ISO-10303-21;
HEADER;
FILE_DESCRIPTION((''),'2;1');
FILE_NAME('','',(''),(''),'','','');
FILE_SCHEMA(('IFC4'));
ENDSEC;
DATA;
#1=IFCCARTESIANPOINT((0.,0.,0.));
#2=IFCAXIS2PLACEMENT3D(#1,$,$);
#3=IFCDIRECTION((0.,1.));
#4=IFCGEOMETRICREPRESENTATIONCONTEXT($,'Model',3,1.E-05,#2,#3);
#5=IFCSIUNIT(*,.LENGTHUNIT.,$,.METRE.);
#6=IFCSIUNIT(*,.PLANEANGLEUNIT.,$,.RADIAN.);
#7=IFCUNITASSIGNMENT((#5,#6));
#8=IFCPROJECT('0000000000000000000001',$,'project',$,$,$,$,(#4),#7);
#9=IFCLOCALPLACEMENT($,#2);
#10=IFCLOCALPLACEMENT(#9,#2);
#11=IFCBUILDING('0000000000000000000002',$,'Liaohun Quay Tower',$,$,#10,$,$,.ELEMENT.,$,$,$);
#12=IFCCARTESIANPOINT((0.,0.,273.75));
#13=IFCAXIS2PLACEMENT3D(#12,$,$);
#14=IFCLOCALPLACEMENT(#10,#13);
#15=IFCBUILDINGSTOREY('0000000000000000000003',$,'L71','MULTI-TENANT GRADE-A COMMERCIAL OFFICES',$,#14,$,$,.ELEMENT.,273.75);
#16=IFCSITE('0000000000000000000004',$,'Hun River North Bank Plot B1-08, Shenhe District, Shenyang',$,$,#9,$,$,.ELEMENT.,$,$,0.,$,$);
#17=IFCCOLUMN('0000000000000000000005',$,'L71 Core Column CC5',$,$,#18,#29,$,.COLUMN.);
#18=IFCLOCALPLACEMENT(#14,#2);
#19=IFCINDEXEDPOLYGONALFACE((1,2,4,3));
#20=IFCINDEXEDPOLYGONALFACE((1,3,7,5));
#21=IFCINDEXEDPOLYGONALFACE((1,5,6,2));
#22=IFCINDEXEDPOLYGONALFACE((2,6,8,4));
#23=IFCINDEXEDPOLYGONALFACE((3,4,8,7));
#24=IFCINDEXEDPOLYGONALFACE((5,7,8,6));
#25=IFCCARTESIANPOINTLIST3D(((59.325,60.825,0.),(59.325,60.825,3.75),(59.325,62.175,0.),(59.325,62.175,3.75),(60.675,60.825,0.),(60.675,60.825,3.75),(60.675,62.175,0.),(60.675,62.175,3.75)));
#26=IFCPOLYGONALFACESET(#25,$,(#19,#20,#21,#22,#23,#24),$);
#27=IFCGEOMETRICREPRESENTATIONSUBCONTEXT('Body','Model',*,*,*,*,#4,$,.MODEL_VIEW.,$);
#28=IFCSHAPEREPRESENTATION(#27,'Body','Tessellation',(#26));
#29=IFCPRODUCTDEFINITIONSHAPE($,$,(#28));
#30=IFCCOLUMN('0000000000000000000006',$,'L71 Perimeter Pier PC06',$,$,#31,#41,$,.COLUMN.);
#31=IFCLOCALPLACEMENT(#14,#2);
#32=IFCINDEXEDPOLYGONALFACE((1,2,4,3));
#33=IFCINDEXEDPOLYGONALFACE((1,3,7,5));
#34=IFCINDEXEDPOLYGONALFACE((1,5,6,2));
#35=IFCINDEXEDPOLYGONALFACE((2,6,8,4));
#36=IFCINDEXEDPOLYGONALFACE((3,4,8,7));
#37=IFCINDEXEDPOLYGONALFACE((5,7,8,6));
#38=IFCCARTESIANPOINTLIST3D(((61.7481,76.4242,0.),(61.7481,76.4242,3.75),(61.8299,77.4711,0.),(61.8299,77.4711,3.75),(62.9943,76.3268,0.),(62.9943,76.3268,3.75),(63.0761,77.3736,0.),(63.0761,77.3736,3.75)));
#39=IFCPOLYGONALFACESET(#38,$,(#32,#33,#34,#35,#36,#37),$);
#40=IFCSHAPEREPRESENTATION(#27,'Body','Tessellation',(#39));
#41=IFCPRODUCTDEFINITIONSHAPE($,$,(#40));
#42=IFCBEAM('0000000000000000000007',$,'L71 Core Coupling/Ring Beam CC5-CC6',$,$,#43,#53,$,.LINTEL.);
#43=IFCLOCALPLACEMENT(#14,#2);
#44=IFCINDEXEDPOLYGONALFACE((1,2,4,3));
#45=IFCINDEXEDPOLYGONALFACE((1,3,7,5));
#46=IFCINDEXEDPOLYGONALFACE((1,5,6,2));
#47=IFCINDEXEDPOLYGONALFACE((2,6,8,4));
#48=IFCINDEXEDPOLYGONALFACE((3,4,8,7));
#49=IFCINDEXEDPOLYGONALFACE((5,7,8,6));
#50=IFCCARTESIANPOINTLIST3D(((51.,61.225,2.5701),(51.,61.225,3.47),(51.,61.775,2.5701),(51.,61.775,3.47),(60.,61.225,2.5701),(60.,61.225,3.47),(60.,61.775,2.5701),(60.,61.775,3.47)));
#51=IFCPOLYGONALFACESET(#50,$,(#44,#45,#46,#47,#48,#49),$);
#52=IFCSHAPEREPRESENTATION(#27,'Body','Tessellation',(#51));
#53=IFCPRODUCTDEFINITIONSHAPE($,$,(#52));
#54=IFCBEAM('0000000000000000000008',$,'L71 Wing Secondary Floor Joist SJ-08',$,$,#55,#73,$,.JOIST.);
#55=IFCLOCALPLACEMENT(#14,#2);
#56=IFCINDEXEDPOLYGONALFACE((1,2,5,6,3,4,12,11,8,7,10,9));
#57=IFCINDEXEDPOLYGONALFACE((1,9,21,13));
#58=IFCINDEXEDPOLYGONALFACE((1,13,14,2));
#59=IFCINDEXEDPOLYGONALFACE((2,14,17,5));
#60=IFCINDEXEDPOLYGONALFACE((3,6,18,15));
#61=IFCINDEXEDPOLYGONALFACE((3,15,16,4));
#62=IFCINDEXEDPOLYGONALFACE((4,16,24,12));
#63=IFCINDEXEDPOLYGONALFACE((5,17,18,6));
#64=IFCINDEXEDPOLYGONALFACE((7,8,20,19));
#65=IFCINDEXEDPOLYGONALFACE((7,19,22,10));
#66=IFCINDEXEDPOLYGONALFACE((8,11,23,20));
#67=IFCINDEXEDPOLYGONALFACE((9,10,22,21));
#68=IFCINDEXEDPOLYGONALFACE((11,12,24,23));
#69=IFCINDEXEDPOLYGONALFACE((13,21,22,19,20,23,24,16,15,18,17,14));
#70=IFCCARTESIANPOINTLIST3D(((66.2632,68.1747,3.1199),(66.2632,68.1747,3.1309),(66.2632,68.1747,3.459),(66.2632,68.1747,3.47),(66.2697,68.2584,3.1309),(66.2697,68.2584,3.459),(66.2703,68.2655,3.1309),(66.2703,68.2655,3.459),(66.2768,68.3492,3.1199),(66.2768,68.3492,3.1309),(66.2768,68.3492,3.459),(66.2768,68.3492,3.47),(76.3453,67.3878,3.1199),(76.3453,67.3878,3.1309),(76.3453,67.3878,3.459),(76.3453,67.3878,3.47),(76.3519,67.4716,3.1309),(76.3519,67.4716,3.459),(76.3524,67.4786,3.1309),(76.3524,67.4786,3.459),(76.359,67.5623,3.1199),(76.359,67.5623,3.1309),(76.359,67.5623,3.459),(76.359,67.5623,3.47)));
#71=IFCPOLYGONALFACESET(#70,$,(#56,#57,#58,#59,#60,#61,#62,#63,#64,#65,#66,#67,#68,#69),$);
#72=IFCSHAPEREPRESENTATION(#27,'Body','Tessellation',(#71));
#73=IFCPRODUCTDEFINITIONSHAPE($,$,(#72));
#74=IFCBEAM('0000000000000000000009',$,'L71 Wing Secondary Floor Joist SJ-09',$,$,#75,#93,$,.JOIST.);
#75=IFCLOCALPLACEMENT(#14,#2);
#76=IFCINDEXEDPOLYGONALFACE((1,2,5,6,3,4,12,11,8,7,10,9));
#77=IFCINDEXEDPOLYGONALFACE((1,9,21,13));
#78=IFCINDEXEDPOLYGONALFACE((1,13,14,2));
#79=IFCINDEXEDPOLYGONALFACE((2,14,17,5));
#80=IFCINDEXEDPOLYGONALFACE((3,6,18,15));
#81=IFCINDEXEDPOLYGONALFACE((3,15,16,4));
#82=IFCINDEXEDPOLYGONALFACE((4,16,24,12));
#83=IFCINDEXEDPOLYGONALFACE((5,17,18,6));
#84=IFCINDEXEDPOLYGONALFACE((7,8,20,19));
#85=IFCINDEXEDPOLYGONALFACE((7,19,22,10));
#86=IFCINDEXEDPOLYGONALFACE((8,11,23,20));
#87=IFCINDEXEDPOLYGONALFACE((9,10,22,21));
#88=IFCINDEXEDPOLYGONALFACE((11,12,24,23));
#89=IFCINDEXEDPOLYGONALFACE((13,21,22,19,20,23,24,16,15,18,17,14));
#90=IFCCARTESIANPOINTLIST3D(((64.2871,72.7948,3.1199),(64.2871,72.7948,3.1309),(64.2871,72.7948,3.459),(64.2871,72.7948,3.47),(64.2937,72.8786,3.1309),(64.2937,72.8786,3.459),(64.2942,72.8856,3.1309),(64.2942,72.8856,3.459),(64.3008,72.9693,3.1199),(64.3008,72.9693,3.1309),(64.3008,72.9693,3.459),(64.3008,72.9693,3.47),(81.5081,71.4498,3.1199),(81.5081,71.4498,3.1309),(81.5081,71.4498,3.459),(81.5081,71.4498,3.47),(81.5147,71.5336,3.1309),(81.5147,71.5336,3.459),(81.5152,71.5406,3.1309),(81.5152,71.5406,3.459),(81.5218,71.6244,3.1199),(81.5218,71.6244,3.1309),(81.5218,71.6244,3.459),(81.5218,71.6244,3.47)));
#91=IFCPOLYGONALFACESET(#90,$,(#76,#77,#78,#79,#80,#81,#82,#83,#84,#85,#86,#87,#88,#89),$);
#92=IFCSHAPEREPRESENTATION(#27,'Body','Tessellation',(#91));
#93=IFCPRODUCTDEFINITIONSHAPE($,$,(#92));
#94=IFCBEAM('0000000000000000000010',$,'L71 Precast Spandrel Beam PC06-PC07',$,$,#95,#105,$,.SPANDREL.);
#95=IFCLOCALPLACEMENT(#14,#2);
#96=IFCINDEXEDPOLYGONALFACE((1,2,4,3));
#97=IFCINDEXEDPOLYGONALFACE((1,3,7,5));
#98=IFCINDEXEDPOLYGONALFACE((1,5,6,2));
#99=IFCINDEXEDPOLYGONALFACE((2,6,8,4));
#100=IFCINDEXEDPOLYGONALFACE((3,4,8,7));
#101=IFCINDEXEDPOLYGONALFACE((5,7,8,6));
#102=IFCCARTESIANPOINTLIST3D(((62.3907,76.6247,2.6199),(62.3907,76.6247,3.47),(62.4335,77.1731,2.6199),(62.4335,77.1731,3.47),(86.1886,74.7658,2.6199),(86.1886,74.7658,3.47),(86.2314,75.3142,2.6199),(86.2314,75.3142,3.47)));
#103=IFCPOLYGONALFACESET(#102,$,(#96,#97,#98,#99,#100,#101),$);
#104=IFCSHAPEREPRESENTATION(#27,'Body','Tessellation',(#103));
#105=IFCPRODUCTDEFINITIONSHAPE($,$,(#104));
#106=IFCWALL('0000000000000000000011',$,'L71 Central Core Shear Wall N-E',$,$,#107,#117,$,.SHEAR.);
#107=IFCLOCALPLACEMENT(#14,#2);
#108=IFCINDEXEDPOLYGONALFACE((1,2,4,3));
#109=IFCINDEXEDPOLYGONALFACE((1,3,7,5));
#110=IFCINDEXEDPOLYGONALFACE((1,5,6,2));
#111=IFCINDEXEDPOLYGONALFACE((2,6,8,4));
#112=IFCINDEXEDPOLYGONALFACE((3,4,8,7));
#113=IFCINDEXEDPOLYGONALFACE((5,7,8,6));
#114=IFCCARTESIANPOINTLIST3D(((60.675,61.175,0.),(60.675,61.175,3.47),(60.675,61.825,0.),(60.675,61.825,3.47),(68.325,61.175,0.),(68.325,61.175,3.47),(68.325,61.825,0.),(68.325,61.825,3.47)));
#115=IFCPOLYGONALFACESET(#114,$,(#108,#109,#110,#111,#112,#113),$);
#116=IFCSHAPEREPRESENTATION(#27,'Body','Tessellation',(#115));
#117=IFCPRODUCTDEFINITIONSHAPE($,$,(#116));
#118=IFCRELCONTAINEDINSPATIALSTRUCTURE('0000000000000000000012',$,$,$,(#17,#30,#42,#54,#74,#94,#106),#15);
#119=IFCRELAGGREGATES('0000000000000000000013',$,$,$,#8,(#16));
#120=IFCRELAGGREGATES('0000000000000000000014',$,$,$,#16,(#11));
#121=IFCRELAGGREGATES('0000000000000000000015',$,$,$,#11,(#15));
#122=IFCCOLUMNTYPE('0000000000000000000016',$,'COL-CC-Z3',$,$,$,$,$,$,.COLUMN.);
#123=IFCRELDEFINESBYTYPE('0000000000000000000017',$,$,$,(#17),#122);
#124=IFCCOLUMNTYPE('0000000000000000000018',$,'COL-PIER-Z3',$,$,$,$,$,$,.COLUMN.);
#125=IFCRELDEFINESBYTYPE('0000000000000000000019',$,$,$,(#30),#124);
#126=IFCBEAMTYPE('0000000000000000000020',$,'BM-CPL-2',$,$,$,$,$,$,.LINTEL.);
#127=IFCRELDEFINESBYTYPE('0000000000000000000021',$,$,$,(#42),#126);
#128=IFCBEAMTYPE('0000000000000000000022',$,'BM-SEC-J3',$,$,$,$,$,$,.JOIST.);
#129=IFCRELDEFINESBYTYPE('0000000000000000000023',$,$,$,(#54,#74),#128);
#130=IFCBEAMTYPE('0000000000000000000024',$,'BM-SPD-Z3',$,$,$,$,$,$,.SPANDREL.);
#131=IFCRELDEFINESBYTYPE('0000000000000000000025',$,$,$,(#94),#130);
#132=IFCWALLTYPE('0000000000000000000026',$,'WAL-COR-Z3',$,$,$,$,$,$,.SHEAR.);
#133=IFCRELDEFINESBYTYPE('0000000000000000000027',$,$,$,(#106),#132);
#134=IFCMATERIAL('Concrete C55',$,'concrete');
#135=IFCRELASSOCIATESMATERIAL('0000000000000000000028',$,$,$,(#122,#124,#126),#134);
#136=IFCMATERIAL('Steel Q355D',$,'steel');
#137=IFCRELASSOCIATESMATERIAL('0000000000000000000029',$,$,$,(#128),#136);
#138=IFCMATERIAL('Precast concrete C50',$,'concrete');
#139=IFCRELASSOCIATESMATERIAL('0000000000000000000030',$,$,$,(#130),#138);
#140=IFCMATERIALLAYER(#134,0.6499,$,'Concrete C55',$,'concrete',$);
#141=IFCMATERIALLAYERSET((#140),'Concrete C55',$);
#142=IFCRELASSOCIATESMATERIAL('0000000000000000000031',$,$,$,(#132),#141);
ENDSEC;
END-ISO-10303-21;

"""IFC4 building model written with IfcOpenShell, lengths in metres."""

from ifc_helpers import new_model, si_unit, direction, frame, frame_2d, origin, origin_2d, place, context, subcontext, project, spatial, rectangle, i_section, extrude, source, transform, mapped, material, layer, layer_set, material_profile, profile_set, type_object, element, save


model = new_model("IFC4")

# Units and contexts
model_context = context("Model", 3, precision=1e-05, world=origin(), true_north=direction((0.0, 1.0)))
body_context = subcontext(model_context, "Body", "Model", "MODEL_VIEW")
ifc_project = project(units=[si_unit("LENGTHUNIT", "METRE"), si_unit("PLANEANGLEUNIT", "RADIAN")], contexts=[model_context])

# Site, building, storey
site_placement = place(None, origin())
site = spatial("IfcSite", under=ifc_project, at=site_placement, Name="Hun River North Bank Plot B1-08, Shenhe District, Shenyang", CompositionType="ELEMENT", RefElevation=0.0)
building_placement = place(site_placement, origin())
building = spatial("IfcBuilding", under=site, at=building_placement, Name="Liaohun Quay Tower", CompositionType="ELEMENT")
storey_placement = place(building_placement, frame((0.0, 0.0, 273.75)))
storey = spatial("IfcBuildingStorey", under=building, at=storey_placement, Name="L71", Description="MULTI-TENANT GRADE-A COMMERCIAL OFFICES", CompositionType="ELEMENT", Elevation=273.75)

# Columns
ifc_material_1 = material(Name="Concrete C55", Category="concrete")
ifc_material_profile_1 = material_profile(ifc_material_1, rectangle(XDim=1.3501, YDim=1.3501, at=origin_2d()), Name="RC1350x1350")
ifc_profile_set_1 = profile_set([ifc_material_profile_1], Name="Concrete C55")
column_type_1 = type_object("IfcColumnType", Name="COL-CC-Z3", PredefinedType="COLUMN", material=ifc_profile_set_1)
shared_shape_1 = source(origin(), body_context, "Body", "SweptSolid", [
    extrude(rectangle(XDim=1.3501, YDim=1.3501, at=origin_2d()), origin(), (0.0, 0.0, 1.0), 3.75),
])
column_1_placement = place(storey_placement, frame((60.0, 61.5, 0.0), z_axis=(0.0, 0.0, 1.0), x_axis=(1.0, 0.0, 0.0)))
element("IfcColumn", 1, at=column_1_placement, inside=storey, type_object=column_type_1, Name="L71 Core Column CC5", PredefinedType="COLUMN", context=body_context, shape_type="MappedRepresentation", body=[
    mapped(shared_shape_1, transform((0.0, 0.0, 0.0), x_axis=(1.0, 0.0, 0.0), y_axis=(0.0, 1.0, 0.0), z_axis=(0.0, 0.0, 1.0), scale=1.0)),
])
ifc_material_profile_2 = material_profile(ifc_material_1, rectangle(XDim=1.25, YDim=1.05, at=origin_2d()), Name="RC1250x1050")
ifc_profile_set_2 = profile_set([ifc_material_profile_2], Name="Concrete C55")
column_type_2 = type_object("IfcColumnType", Name="COL-PIER-Z3", PredefinedType="COLUMN", material=ifc_profile_set_2)
shared_shape_2 = source(origin(), body_context, "Body", "SweptSolid", [
    extrude(rectangle(XDim=1.25, YDim=1.05, at=origin_2d()), origin(), (0.0, 0.0, 1.0), 3.75),
])
column_2_placement = place(storey_placement, frame((62.4121, 76.8989, 0.0), z_axis=(0.0, 0.0, 1.0), x_axis=(-0.996958, 0.077937, 0.0)))
element("IfcColumn", 2, at=column_2_placement, inside=storey, type_object=column_type_2, Name="L71 Perimeter Pier PC06", PredefinedType="COLUMN", context=body_context, shape_type="MappedRepresentation", body=[
    mapped(shared_shape_2, transform((0.0, 0.0, 0.0), x_axis=(1.0, 0.0, 0.0), y_axis=(0.0, 1.0, 0.0), z_axis=(0.0, 0.0, 1.0), scale=1.0)),
])

# Beams
ifc_material_profile_3 = material_profile(ifc_material_1, rectangle(XDim=0.55, YDim=0.8999, at=origin_2d()), Name="RC550x900")
ifc_profile_set_3 = profile_set([ifc_material_profile_3], Name="Concrete C55")
beam_type_1 = type_object("IfcBeamType", Name="BM-CPL-2", PredefinedType="LINTEL", material=ifc_profile_set_3)
shared_shape_3 = source(origin(), body_context, "Body", "SweptSolid", [
    extrude(rectangle(XDim=0.55, YDim=0.8999, at=origin_2d()), origin(), (0.0, 0.0, 1.0), 9.0),
])
beam_1_placement = place(storey_placement, frame((60.0, 61.5, 3.02), z_axis=(-1.0, 0.0, 0.0), x_axis=(0.0, -1.0, 0.0)))
element("IfcBeam", 3, at=beam_1_placement, inside=storey, type_object=beam_type_1, Name="L71 Core Coupling/Ring Beam CC5-CC6", PredefinedType="LINTEL", context=body_context, shape_type="MappedRepresentation", body=[
    mapped(shared_shape_3, transform((0.0, 0.0, 0.0), x_axis=(1.0, 0.0, 0.0), y_axis=(0.0, 1.0, 0.0), z_axis=(0.0, 0.0, 1.0), scale=1.0)),
])
ifc_material_2 = material(Name="Steel Q355D", Category="steel")
ifc_material_profile_4 = material_profile(ifc_material_2, i_section(OverallWidth=0.175, OverallDepth=0.3501, WebThickness=0.0071, FlangeThickness=0.011, at=origin_2d()), Name="HN350x175x7x11")
ifc_profile_set_4 = profile_set([ifc_material_profile_4], Name="Steel Q355D")
beam_type_2 = type_object("IfcBeamType", Name="BM-SEC-J3", PredefinedType="JOIST", material=ifc_profile_set_4)
shared_shape_4 = source(origin(), body_context, "Body", "SweptSolid", [
    extrude(i_section(OverallWidth=0.175, OverallDepth=0.3501, WebThickness=0.0071, FlangeThickness=0.011, at=origin_2d()), origin(), (0.0, 0.0, 1.0), 10.1128),
])
beam_2_placement = place(storey_placement, frame((66.27, 68.262, 3.2949), z_axis=(0.996968, -0.07781, 0.0), x_axis=(0.07781, 0.996968, 0.0)))
element("IfcBeam", 4, at=beam_2_placement, inside=storey, type_object=beam_type_2, Name="L71 Wing Secondary Floor Joist SJ-08", PredefinedType="JOIST", context=body_context, shape_type="MappedRepresentation", body=[
    mapped(shared_shape_4, transform((0.0, 0.0, 0.0), x_axis=(1.0, 0.0, 0.0), y_axis=(0.0, 1.0, 0.0), z_axis=(0.0, 0.0, 1.0), scale=1.0)),
])
shared_shape_5 = source(origin(), body_context, "Body", "SweptSolid", [
    extrude(i_section(OverallWidth=0.175, OverallDepth=0.3501, WebThickness=0.0071, FlangeThickness=0.011, at=origin_2d()), origin(), (0.0, 0.0, 1.0), 17.2734),
])
beam_3_placement = place(storey_placement, frame((64.2939, 72.8821, 3.2949), z_axis=(0.996964, -0.077864, 0.0), x_axis=(0.077864, 0.996964, 0.0)))
element("IfcBeam", 5, at=beam_3_placement, inside=storey, type_object=beam_type_2, Name="L71 Wing Secondary Floor Joist SJ-09", PredefinedType="JOIST", context=body_context, shape_type="MappedRepresentation", body=[
    mapped(shared_shape_5, transform((0.0, 0.0, 0.0), x_axis=(1.0, 0.0, 0.0), y_axis=(0.0, 1.0, 0.0), z_axis=(0.0, 0.0, 1.0), scale=1.0)),
])
ifc_material_3 = material(Name="Precast concrete C50", Category="concrete")
ifc_material_profile_5 = material_profile(ifc_material_3, rectangle(XDim=0.55, YDim=0.8501, at=origin_2d()), Name="RC550x850")
ifc_profile_set_5 = profile_set([ifc_material_profile_5], Name="Precast concrete C50")
beam_type_3 = type_object("IfcBeamType", Name="BM-SPD-Z3", PredefinedType="SPANDREL", material=ifc_profile_set_5)
shared_shape_6 = source(origin(), body_context, "Body", "SweptSolid", [
    extrude(rectangle(XDim=0.55, YDim=0.8501, at=origin_2d()), origin(), (0.0, 0.0, 1.0), 23.8704),
])
beam_4_placement = place(storey_placement, frame((62.4121, 76.8989, 3.0449), z_axis=(0.996963, -0.077874, 0.0), x_axis=(0.077874, 0.996963, 0.0)))
element("IfcBeam", 6, at=beam_4_placement, inside=storey, type_object=beam_type_3, Name="L71 Precast Spandrel Beam PC06-PC07", PredefinedType="SPANDREL", context=body_context, shape_type="MappedRepresentation", body=[
    mapped(shared_shape_6, transform((0.0, 0.0, 0.0), x_axis=(1.0, 0.0, 0.0), y_axis=(0.0, 1.0, 0.0), z_axis=(0.0, 0.0, 1.0), scale=1.0)),
])

# Wall
ifc_layer_1 = layer(ifc_material_1, 0.6499, Name="Concrete C55", Category="concrete")
ifc_layer_set_1 = layer_set([ifc_layer_1], Name="Concrete C55")
wall_type_1 = type_object("IfcWallType", Name="WAL-COR-Z3", PredefinedType="SHEAR", material=ifc_layer_set_1)
wall_1_placement = place(storey_placement, frame((60.675, 61.5, 0.0), z_axis=(0.0, 0.0, 1.0), x_axis=(1.0, 0.0, 0.0)))
element("IfcWall", 7, at=wall_1_placement, inside=storey, type_object=wall_type_1, Name="L71 Central Core Shear Wall N-E", PredefinedType="SHEAR", context=body_context, shape_type="SweptSolid", body=[
    extrude(rectangle(XDim=7.6499, YDim=0.6499, at=frame_2d((3.825, 0.0))), origin(), (0.0, 0.0, 1.0), 3.47),
])

save(model, "model.ifc")
